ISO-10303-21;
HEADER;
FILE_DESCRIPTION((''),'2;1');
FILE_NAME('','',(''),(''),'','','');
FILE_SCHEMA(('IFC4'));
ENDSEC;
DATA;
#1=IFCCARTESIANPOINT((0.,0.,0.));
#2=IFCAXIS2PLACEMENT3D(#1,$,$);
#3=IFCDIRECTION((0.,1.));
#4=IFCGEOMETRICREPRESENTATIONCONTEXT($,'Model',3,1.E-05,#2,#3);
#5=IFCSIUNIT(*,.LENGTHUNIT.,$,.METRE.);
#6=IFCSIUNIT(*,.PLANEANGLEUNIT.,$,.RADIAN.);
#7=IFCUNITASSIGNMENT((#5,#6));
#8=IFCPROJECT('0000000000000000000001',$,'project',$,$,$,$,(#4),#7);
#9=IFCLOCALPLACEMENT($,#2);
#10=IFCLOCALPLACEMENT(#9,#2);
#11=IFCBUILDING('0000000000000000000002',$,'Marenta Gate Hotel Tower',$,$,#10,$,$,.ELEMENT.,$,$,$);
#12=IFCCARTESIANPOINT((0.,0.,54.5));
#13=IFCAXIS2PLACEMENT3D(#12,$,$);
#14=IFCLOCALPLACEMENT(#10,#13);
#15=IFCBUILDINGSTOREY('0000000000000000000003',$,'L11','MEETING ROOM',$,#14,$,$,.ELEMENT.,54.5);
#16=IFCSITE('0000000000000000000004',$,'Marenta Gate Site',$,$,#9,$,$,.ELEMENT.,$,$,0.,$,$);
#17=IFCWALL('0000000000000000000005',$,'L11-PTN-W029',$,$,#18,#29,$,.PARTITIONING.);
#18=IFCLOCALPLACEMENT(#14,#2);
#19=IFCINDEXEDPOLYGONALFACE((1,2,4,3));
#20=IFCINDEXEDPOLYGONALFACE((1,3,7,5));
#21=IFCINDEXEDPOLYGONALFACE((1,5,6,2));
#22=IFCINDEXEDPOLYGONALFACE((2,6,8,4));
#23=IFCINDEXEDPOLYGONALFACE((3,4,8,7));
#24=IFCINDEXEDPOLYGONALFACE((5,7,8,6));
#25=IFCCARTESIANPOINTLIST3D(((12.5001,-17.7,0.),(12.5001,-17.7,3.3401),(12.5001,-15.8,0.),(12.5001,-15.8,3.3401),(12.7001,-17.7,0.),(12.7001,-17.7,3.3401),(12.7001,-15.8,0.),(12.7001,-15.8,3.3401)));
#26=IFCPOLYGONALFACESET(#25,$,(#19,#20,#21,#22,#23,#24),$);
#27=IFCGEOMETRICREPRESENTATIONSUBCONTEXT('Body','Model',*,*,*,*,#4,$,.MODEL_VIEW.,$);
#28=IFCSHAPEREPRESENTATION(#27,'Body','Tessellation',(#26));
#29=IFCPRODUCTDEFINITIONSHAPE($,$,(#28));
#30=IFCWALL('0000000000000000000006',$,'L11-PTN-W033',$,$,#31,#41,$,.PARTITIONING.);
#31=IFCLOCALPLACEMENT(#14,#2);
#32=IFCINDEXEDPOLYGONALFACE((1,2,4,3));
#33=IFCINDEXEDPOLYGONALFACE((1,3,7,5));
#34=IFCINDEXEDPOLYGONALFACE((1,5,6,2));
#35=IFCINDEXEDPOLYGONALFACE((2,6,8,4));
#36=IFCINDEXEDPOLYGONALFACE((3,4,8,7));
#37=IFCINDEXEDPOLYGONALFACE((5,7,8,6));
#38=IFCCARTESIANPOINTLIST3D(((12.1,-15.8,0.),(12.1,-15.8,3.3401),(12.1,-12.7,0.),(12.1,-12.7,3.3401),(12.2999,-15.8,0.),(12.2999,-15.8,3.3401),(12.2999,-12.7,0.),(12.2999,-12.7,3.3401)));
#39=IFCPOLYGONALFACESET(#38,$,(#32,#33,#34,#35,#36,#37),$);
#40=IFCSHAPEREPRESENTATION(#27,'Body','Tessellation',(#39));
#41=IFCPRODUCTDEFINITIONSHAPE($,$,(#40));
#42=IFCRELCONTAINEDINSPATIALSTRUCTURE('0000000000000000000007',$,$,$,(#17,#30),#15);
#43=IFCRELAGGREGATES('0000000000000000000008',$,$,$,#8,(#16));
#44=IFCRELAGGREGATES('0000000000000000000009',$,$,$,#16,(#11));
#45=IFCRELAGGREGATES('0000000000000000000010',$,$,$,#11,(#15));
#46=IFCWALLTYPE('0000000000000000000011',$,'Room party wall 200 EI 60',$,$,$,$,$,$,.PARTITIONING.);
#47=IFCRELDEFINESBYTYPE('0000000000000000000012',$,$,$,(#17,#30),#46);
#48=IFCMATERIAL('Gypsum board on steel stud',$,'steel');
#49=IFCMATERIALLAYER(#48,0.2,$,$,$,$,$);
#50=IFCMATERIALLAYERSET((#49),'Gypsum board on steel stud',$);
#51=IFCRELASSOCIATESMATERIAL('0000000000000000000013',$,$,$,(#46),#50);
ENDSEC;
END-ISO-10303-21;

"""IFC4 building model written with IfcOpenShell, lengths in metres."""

from ifc_helpers import new_model, si_unit, direction, frame, frame_2d, origin, place, context, subcontext, project, spatial, rectangle, extrude, material, layer, layer_set, type_object, element, save


model = new_model("IFC4")

# Units and contexts
model_context = context("Model", 3, precision=1e-05, world=origin(), true_north=direction((0.0, 1.0)))
body_context = subcontext(model_context, "Body", "Model", "MODEL_VIEW")
ifc_project = project(units=[si_unit("LENGTHUNIT", "METRE"), si_unit("PLANEANGLEUNIT", "RADIAN")], contexts=[model_context])

# Site, building, storey
site_placement = place(None, origin())
site = spatial("IfcSite", under=ifc_project, at=site_placement, Name="Marenta Gate Site", CompositionType="ELEMENT", RefElevation=0.0)
building_placement = place(site_placement, origin())
building = spatial("IfcBuilding", under=site, at=building_placement, Name="Marenta Gate Hotel Tower", CompositionType="ELEMENT")
storey_placement = place(building_placement, frame((0.0, 0.0, 54.5)))
storey = spatial("IfcBuildingStorey", under=building, at=storey_placement, Name="L11", Description="MEETING ROOM", CompositionType="ELEMENT", Elevation=54.5)

# Walls
ifc_material_1 = material(Name="Gypsum board on steel stud", Category="steel")
ifc_layer_1 = layer(ifc_material_1, 0.2)
ifc_layer_set_1 = layer_set([ifc_layer_1], Name="Gypsum board on steel stud")
wall_type_1 = type_object("IfcWallType", Name="Room party wall 200 EI 60", PredefinedType="PARTITIONING", material=ifc_layer_set_1)
wall_1_placement = place(storey_placement, frame((12.6001, -17.7, 0.0), z_axis=(0.0, 0.0, 1.0), x_axis=(0.0, 1.0, 0.0)))
element("IfcWall", 1, at=wall_1_placement, inside=storey, type_object=wall_type_1, Name="L11-PTN-W029", PredefinedType="PARTITIONING", context=body_context, shape_type="SweptSolid", body=[
    extrude(rectangle(XDim=1.8999, YDim=0.2, at=frame_2d((0.95, 0.0))), origin(), (0.0, 0.0, 1.0), 3.3401),
])
wall_2_placement = place(storey_placement, frame((12.2, -15.8, 0.0), z_axis=(0.0, 0.0, 1.0), x_axis=(0.0, 1.0, 0.0)))
element("IfcWall", 2, at=wall_2_placement, inside=storey, type_object=wall_type_1, Name="L11-PTN-W033", PredefinedType="PARTITIONING", context=body_context, shape_type="SweptSolid", body=[
    extrude(rectangle(XDim=3.1001, YDim=0.2, at=frame_2d((1.55, 0.0))), origin(), (0.0, 0.0, 1.0), 3.3401),
])

save(model, "model.ifc")
